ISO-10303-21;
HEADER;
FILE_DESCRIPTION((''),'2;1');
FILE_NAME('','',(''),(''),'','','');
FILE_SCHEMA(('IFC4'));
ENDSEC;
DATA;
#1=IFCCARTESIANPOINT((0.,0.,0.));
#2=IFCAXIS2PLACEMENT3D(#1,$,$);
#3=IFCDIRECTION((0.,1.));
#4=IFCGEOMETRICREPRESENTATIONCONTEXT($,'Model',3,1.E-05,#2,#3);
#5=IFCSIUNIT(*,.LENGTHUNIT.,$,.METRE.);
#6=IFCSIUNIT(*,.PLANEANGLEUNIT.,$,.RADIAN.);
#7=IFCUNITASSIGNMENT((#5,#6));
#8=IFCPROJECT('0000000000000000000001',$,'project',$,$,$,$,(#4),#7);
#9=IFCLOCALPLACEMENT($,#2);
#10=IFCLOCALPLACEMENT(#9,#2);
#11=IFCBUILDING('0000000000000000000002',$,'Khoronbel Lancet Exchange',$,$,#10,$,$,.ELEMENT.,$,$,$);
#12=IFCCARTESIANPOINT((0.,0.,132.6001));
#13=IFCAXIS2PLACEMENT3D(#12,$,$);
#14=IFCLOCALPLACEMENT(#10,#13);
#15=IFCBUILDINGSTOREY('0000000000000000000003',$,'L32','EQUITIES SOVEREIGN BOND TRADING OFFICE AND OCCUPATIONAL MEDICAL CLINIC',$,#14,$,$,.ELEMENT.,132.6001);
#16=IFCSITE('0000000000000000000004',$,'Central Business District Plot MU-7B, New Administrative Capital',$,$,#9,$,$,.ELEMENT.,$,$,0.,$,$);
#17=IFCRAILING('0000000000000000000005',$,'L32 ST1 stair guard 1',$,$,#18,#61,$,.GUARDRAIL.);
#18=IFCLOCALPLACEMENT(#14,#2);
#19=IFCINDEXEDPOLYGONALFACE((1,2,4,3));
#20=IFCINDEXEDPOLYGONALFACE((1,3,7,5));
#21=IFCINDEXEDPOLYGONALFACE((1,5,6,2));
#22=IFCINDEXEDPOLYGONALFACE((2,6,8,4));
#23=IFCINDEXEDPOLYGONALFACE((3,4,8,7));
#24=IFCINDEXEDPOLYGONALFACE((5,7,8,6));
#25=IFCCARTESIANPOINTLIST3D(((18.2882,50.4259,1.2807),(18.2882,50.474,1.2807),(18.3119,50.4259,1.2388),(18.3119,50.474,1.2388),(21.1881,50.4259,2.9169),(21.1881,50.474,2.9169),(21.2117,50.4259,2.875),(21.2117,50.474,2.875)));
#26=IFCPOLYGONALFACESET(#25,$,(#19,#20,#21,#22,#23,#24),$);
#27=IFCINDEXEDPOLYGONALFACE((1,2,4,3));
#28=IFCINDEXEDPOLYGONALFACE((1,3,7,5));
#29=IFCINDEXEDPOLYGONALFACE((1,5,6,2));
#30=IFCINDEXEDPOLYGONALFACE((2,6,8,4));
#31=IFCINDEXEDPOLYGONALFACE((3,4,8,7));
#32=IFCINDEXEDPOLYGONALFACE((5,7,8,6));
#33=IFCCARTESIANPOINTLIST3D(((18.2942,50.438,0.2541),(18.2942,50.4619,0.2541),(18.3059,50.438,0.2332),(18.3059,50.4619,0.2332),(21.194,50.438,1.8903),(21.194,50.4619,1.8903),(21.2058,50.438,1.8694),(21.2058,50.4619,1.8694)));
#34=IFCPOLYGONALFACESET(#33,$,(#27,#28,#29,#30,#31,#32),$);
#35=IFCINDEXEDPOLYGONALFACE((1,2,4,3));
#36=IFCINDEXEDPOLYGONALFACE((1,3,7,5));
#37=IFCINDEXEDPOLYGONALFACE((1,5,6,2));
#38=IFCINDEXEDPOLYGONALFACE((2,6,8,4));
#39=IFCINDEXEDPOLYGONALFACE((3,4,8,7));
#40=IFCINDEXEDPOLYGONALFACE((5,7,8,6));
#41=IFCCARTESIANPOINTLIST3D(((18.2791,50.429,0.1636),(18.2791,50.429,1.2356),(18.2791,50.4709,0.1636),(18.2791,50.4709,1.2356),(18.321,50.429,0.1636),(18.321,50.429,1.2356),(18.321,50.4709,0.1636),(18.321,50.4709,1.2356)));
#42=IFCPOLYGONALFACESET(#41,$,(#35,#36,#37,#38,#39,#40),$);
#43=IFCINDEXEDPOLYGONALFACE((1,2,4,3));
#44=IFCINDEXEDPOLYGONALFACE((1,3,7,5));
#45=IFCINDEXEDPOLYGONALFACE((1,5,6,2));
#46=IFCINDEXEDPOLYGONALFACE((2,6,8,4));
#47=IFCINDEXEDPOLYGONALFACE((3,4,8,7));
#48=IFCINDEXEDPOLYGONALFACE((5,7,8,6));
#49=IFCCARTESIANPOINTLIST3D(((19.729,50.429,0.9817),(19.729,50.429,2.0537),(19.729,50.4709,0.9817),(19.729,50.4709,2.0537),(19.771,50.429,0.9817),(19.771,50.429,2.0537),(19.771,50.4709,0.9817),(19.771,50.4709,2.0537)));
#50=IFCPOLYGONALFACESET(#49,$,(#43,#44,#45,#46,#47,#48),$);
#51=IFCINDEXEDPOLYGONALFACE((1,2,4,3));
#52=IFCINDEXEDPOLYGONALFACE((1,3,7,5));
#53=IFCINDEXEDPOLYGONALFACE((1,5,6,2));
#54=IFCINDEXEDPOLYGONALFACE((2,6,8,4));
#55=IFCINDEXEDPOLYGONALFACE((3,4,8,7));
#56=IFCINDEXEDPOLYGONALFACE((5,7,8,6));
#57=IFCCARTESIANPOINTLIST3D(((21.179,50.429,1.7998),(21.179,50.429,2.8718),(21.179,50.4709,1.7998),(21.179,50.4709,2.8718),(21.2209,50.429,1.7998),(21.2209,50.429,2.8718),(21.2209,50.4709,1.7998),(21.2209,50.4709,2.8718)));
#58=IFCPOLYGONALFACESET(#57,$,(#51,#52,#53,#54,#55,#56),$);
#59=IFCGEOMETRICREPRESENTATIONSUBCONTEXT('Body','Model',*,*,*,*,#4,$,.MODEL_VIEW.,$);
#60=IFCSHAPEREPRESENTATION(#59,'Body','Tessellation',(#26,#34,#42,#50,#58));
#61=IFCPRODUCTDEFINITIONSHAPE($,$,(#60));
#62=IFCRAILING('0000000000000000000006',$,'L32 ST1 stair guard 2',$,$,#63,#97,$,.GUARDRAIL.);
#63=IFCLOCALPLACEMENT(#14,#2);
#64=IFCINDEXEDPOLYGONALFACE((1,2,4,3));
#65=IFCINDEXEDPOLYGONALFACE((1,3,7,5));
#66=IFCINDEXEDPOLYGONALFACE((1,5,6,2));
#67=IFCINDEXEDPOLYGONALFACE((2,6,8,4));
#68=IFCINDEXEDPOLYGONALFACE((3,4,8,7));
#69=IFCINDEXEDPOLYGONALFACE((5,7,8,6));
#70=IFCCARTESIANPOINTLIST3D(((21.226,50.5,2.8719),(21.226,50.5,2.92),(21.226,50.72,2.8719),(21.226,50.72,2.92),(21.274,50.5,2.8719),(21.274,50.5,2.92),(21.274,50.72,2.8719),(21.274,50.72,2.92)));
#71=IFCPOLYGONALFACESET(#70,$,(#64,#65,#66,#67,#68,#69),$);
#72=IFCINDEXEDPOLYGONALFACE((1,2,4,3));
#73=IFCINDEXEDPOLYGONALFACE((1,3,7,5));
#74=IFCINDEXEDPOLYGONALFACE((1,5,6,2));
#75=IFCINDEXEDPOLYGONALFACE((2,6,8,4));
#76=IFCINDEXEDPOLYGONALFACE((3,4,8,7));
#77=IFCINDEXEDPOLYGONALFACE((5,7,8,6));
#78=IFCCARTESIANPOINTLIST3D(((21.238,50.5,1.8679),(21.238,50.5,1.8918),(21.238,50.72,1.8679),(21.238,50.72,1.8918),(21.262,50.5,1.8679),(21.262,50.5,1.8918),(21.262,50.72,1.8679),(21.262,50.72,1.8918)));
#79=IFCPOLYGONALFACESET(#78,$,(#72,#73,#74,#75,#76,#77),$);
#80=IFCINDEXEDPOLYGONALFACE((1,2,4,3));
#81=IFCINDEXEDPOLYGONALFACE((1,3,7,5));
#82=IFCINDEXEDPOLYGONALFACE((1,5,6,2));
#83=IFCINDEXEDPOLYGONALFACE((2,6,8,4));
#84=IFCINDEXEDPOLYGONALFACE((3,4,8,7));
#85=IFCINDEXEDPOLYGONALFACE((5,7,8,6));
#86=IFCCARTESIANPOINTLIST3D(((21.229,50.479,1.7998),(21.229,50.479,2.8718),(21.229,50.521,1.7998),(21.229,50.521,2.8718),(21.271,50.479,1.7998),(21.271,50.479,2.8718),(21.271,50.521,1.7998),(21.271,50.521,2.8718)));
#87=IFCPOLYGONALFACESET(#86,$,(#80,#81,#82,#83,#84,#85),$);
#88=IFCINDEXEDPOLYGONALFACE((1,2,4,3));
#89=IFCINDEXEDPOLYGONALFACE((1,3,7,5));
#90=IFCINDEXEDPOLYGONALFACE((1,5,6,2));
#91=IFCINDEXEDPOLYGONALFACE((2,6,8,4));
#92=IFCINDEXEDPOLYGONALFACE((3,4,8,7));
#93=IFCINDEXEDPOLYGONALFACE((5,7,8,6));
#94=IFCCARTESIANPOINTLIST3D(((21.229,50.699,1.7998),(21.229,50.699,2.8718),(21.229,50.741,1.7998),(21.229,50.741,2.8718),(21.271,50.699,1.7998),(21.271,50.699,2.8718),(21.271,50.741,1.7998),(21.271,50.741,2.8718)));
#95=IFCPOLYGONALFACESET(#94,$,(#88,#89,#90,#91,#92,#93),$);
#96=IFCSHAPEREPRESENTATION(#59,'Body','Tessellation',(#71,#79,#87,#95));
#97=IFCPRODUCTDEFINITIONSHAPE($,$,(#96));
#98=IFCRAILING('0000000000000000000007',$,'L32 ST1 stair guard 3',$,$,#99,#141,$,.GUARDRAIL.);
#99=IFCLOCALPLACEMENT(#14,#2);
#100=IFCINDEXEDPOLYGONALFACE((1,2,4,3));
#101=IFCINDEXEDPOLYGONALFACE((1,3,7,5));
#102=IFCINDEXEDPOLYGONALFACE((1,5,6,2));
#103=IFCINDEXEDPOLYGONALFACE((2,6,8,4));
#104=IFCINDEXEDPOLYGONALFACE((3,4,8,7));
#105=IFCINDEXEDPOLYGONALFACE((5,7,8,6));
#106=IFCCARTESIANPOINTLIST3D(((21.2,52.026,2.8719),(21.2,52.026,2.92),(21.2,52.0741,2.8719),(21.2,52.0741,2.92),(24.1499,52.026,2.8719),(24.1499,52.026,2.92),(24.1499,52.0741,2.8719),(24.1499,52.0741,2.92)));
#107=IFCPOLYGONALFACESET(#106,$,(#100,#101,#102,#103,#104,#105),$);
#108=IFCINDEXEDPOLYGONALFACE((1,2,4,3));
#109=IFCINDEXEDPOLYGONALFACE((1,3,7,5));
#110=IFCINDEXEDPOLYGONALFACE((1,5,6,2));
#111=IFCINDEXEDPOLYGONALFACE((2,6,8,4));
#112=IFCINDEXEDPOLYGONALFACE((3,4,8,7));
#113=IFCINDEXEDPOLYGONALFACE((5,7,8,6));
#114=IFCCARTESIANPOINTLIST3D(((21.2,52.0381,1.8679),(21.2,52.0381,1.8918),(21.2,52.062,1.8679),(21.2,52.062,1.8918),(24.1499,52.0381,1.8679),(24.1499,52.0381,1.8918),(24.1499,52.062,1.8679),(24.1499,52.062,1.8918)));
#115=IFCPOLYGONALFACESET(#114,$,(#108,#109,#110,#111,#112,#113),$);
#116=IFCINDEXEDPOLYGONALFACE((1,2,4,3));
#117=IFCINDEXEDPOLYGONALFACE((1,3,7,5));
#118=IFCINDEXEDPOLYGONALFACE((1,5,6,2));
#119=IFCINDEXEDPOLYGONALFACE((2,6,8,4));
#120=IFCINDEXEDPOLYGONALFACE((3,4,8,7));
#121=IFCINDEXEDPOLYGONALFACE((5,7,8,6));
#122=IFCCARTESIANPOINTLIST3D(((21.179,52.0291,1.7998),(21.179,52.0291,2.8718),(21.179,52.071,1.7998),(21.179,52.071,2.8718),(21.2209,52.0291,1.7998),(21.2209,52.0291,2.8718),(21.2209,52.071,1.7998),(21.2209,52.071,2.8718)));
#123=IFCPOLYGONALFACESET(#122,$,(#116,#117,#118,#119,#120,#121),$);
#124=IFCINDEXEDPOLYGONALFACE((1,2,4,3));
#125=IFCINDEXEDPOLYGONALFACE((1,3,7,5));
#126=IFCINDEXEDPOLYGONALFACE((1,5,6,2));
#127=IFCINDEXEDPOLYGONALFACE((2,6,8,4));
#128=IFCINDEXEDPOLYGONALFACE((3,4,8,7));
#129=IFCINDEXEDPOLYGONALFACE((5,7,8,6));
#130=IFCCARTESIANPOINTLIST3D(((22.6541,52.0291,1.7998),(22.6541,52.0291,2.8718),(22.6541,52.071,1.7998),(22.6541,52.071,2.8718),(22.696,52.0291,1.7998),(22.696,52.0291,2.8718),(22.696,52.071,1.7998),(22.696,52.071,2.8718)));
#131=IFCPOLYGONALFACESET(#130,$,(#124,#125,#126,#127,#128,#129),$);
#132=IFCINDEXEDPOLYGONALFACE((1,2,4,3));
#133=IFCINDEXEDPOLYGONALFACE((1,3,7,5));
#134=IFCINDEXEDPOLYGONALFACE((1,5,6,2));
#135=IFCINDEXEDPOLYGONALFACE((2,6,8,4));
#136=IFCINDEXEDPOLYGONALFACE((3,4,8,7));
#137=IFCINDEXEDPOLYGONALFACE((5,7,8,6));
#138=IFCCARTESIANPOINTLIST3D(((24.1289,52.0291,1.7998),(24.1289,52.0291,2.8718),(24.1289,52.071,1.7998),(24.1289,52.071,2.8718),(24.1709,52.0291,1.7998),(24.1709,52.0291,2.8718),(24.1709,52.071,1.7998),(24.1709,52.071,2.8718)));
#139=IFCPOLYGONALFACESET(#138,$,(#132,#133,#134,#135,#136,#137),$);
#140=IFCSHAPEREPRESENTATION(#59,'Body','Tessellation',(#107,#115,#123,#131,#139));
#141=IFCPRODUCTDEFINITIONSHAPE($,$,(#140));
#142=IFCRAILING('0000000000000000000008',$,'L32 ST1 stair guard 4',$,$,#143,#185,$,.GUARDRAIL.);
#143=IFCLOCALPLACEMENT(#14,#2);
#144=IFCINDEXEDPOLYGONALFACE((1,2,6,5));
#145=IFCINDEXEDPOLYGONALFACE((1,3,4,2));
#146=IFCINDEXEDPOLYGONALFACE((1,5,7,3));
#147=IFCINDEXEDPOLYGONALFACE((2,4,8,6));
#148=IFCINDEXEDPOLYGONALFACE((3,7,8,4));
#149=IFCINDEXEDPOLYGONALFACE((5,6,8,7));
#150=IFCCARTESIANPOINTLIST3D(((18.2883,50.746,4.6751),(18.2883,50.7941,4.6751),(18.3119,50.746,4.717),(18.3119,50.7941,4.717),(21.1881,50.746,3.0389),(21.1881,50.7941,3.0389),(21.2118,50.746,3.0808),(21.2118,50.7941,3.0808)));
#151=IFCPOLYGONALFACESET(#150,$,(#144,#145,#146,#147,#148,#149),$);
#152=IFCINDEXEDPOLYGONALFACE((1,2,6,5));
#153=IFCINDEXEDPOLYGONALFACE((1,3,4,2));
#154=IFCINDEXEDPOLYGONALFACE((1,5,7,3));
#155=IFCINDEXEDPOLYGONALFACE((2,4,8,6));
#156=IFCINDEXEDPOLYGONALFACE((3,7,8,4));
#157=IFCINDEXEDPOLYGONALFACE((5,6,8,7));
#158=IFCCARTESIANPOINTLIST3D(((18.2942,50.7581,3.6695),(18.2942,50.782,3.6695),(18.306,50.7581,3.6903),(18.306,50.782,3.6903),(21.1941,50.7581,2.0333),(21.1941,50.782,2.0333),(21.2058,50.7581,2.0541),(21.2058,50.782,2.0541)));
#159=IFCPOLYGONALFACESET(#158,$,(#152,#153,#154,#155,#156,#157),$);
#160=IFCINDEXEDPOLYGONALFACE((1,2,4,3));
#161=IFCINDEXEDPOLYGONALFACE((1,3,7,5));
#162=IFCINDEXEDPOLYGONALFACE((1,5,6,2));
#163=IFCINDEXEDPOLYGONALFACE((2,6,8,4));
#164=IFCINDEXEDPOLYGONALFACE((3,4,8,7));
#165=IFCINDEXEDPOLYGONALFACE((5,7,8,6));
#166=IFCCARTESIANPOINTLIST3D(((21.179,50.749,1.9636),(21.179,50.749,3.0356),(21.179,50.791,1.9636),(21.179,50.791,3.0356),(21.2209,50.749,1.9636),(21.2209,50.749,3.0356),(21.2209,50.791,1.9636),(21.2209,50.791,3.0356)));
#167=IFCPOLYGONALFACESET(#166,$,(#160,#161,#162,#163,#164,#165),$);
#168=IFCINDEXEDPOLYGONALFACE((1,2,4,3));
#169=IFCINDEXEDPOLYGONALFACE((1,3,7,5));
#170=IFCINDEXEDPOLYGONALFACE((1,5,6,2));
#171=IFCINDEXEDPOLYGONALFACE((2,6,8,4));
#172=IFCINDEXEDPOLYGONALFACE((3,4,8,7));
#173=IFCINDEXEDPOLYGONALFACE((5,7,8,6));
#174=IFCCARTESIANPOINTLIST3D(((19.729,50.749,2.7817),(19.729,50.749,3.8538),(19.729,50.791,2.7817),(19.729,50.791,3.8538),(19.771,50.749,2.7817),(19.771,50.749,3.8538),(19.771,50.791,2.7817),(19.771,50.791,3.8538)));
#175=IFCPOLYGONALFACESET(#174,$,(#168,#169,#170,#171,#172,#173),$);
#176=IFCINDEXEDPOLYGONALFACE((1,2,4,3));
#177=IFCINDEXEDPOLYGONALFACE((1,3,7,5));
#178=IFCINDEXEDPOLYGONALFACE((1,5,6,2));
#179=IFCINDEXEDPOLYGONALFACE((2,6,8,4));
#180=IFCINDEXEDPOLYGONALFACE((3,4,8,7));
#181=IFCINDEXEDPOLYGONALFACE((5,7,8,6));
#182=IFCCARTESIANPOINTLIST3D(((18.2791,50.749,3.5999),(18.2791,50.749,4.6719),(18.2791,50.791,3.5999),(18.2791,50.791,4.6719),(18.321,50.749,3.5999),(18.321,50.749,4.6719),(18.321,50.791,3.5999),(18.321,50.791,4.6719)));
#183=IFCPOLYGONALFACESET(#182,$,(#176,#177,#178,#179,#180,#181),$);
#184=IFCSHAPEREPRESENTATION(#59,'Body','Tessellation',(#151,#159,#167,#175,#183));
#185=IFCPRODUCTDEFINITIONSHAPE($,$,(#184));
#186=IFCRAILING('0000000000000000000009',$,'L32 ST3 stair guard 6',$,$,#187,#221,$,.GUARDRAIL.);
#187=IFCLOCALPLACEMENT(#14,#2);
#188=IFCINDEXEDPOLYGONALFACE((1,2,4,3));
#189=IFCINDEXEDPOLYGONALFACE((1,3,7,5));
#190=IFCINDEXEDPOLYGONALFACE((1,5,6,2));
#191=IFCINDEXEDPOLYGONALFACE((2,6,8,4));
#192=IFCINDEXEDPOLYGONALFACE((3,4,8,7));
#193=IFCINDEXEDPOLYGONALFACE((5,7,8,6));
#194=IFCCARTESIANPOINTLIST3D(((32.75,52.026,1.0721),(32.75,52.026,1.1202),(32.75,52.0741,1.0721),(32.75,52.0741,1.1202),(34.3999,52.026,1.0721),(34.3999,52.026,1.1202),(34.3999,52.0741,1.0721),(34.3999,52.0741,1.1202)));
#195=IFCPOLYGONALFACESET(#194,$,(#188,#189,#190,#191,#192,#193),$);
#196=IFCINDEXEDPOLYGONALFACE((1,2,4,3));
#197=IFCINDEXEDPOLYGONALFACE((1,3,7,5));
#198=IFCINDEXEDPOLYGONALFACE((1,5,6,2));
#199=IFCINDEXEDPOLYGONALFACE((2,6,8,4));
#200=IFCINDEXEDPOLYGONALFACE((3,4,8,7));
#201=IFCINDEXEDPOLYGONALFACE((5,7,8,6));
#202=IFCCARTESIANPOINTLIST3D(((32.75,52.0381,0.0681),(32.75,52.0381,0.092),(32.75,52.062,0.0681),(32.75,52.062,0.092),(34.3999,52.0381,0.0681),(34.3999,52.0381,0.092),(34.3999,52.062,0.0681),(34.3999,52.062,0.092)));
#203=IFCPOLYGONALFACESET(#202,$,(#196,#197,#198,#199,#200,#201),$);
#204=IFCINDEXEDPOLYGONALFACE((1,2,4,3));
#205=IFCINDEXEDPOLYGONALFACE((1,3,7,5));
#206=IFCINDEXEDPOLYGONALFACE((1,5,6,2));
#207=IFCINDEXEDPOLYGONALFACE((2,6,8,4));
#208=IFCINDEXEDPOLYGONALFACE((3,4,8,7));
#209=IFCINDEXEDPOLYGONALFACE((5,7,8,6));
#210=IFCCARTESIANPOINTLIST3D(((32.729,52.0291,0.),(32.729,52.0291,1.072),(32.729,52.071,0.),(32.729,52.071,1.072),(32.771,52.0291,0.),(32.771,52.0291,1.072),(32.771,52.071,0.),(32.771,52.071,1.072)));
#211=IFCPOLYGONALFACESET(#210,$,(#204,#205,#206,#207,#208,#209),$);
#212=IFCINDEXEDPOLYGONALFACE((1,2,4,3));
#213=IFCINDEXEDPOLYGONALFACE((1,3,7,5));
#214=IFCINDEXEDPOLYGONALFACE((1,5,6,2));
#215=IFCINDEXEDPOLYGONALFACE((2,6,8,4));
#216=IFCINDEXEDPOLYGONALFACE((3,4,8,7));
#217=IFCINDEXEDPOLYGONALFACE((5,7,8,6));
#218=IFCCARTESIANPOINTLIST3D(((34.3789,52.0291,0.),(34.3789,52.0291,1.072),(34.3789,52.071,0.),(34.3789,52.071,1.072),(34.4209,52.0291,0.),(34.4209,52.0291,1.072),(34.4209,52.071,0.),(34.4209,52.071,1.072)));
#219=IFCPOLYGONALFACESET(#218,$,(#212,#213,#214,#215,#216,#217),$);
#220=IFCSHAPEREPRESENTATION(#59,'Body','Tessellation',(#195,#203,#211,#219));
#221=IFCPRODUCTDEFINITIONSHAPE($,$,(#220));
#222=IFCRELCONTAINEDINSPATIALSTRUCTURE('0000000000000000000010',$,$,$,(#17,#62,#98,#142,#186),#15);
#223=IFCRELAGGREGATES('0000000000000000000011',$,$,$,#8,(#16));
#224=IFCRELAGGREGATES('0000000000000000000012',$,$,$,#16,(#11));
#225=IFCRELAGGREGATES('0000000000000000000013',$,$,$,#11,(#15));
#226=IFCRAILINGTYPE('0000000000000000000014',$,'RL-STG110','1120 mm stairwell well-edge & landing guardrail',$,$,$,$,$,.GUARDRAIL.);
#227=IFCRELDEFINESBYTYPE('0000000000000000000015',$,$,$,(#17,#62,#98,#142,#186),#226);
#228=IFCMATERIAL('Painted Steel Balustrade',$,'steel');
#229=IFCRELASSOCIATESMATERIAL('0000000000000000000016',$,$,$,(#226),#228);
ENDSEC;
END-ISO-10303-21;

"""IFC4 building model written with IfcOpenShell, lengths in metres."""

from ifc_helpers import new_model, si_unit, direction, frame, origin, origin_2d, place, context, subcontext, project, spatial, rectangle, extrude, material, type_object, element, save


model = new_model("IFC4")

# Units and contexts
model_context = context("Model", 3, precision=1e-05, world=origin(), true_north=direction((0.0, 1.0)))
body_context = subcontext(model_context, "Body", "Model", "MODEL_VIEW")
ifc_project = project(units=[si_unit("LENGTHUNIT", "METRE"), si_unit("PLANEANGLEUNIT", "RADIAN")], contexts=[model_context])

# Site, building, storey
site_placement = place(None, origin())
site = spatial("IfcSite", under=ifc_project, at=site_placement, Name="Central Business District Plot MU-7B, New Administrative Capital", CompositionType="ELEMENT", RefElevation=0.0)
building_placement = place(site_placement, origin())
building = spatial("IfcBuilding", under=site, at=building_placement, Name="Khoronbel Lancet Exchange", CompositionType="ELEMENT")
storey_placement = place(building_placement, frame((0.0, 0.0, 132.6001)))
storey = spatial("IfcBuildingStorey", under=building, at=storey_placement, Name="L32", Description="EQUITIES SOVEREIGN BOND TRADING OFFICE AND OCCUPATIONAL MEDICAL CLINIC", CompositionType="ELEMENT", Elevation=132.6001)

# Railings
ifc_material_1 = material(Name="Painted Steel Balustrade", Category="steel")
railing_type_1 = type_object("IfcRailingType", Name="RL-STG110", Description="1120 mm stairwell well-edge & landing guardrail", PredefinedType="GUARDRAIL", material=ifc_material_1)
railing_1_placement = place(storey_placement, frame((18.3, 50.45, 0.1636)))
element("IfcRailing", 1, at=railing_1_placement, inside=storey, type_object=railing_type_1, Name="L32 ST1 stair guard 1", PredefinedType="GUARDRAIL", context=body_context, shape_type="SweptSolid", body=[
    extrude(rectangle(XDim=0.0481, YDim=0.0481, at=origin_2d()), frame((0.0, 0.0, 1.0962), z_axis=(0.870929, 0.0, 0.49141), x_axis=(0.0, 1.0, 0.0)), (0.0, 0.0, 1.0), 3.3296),
    extrude(rectangle(XDim=0.0239, YDim=0.0239, at=origin_2d()), frame((0.0, 0.0, 0.0801), z_axis=(0.870929, 0.0, 0.49141), x_axis=(0.0, 1.0, 0.0)), (0.0, 0.0, 1.0), 3.3296),
    extrude(rectangle(XDim=0.042, YDim=0.042, at=origin_2d()), origin(), (0.0, 0.0, 1.0), 1.072),
    extrude(rectangle(XDim=0.042, YDim=0.042, at=origin_2d()), frame((1.45, 0.0, 0.8181)), (0.0, 0.0, 1.0), 1.072),
    extrude(rectangle(XDim=0.042, YDim=0.042, at=origin_2d()), frame((2.8999, 0.0, 1.6362)), (0.0, 0.0, 1.0), 1.072),
])
railing_2_placement = place(storey_placement, frame((21.25, 50.5, 1.7998)))
element("IfcRailing", 2, at=railing_2_placement, inside=storey, type_object=railing_type_1, Name="L32 ST1 stair guard 2", PredefinedType="GUARDRAIL", context=body_context, shape_type="SweptSolid", body=[
    extrude(rectangle(XDim=0.0481, YDim=0.0481, at=origin_2d()), frame((0.0, 0.0, 1.0962), z_axis=(0.0, 1.0, 0.0), x_axis=(-1.0, 0.0, 0.0)), (0.0, 0.0, 1.0), 0.22),
    extrude(rectangle(XDim=0.0239, YDim=0.0239, at=origin_2d()), frame((0.0, 0.0, 0.0801), z_axis=(0.0, 1.0, 0.0), x_axis=(-1.0, 0.0, 0.0)), (0.0, 0.0, 1.0), 0.22),
    extrude(rectangle(XDim=0.042, YDim=0.042, at=origin_2d()), origin(), (0.0, 0.0, 1.0), 1.072),
    extrude(rectangle(XDim=0.042, YDim=0.042, at=origin_2d()), frame((0.0, 0.22, 0.0)), (0.0, 0.0, 1.0), 1.072),
])
railing_3_placement = place(storey_placement, frame((21.2, 52.05, 1.7998)))
element("IfcRailing", 3, at=railing_3_placement, inside=storey, type_object=railing_type_1, Name="L32 ST1 stair guard 3", PredefinedType="GUARDRAIL", context=body_context, shape_type="SweptSolid", body=[
    extrude(rectangle(XDim=0.0481, YDim=0.0481, at=origin_2d()), frame((0.0, 0.0, 1.0962), z_axis=(1.0, 0.0, 0.0), x_axis=(0.0, 1.0, 0.0)), (0.0, 0.0, 1.0), 2.95),
    extrude(rectangle(XDim=0.0239, YDim=0.0239, at=origin_2d()), frame((0.0, 0.0, 0.0801), z_axis=(1.0, 0.0, 0.0), x_axis=(0.0, 1.0, 0.0)), (0.0, 0.0, 1.0), 2.95),
    extrude(rectangle(XDim=0.042, YDim=0.042, at=origin_2d()), origin(), (0.0, 0.0, 1.0), 1.072),
    extrude(rectangle(XDim=0.042, YDim=0.042, at=origin_2d()), frame((1.4751, 0.0, 0.0)), (0.0, 0.0, 1.0), 1.072),
    extrude(rectangle(XDim=0.042, YDim=0.042, at=origin_2d()), frame((2.95, 0.0, 0.0)), (0.0, 0.0, 1.0), 1.072),
])
railing_4_placement = place(storey_placement, frame((21.2, 50.77, 1.9636)))
element("IfcRailing", 4, at=railing_4_placement, inside=storey, type_object=railing_type_1, Name="L32 ST1 stair guard 4", PredefinedType="GUARDRAIL", context=body_context, shape_type="SweptSolid", body=[
    extrude(rectangle(XDim=0.0481, YDim=0.0481, at=origin_2d()), frame((0.0, 0.0, 1.0962), z_axis=(-0.870929, 0.0, 0.49141), x_axis=(0.0, -1.0, 0.0)), (0.0, 0.0, 1.0), 3.3296),
    extrude(rectangle(XDim=0.0239, YDim=0.0239, at=origin_2d()), frame((0.0, 0.0, 0.0801), z_axis=(-0.870929, 0.0, 0.49141), x_axis=(0.0, -1.0, 0.0)), (0.0, 0.0, 1.0), 3.3296),
    extrude(rectangle(XDim=0.042, YDim=0.042, at=origin_2d()), origin(), (0.0, 0.0, 1.0), 1.072),
    extrude(rectangle(XDim=0.042, YDim=0.042, at=origin_2d()), frame((-1.45, 0.0, 0.8181)), (0.0, 0.0, 1.0), 1.072),
    extrude(rectangle(XDim=0.042, YDim=0.042, at=origin_2d()), frame((-2.8999, 0.0, 1.6362)), (0.0, 0.0, 1.0), 1.072),
])
railing_5_placement = place(storey_placement, frame((32.75, 52.05, 0.0)))
element("IfcRailing", 5, at=railing_5_placement, inside=storey, type_object=railing_type_1, Name="L32 ST3 stair guard 6", PredefinedType="GUARDRAIL", context=body_context, shape_type="SweptSolid", body=[
    extrude(rectangle(XDim=0.0481, YDim=0.0481, at=origin_2d()), frame((0.0, 0.0, 1.0962), z_axis=(1.0, 0.0, 0.0), x_axis=(0.0, 1.0, 0.0)), (0.0, 0.0, 1.0), 1.6499),
    extrude(rectangle(XDim=0.0239, YDim=0.0239, at=origin_2d()), frame((0.0, 0.0, 0.0801), z_axis=(1.0, 0.0, 0.0), x_axis=(0.0, 1.0, 0.0)), (0.0, 0.0, 1.0), 1.6499),
    extrude(rectangle(XDim=0.042, YDim=0.042, at=origin_2d()), origin(), (0.0, 0.0, 1.0), 1.072),
    extrude(rectangle(XDim=0.042, YDim=0.042, at=origin_2d()), frame((1.6499, 0.0, 0.0)), (0.0, 0.0, 1.0), 1.072),
])

save(model, "model.ifc")
